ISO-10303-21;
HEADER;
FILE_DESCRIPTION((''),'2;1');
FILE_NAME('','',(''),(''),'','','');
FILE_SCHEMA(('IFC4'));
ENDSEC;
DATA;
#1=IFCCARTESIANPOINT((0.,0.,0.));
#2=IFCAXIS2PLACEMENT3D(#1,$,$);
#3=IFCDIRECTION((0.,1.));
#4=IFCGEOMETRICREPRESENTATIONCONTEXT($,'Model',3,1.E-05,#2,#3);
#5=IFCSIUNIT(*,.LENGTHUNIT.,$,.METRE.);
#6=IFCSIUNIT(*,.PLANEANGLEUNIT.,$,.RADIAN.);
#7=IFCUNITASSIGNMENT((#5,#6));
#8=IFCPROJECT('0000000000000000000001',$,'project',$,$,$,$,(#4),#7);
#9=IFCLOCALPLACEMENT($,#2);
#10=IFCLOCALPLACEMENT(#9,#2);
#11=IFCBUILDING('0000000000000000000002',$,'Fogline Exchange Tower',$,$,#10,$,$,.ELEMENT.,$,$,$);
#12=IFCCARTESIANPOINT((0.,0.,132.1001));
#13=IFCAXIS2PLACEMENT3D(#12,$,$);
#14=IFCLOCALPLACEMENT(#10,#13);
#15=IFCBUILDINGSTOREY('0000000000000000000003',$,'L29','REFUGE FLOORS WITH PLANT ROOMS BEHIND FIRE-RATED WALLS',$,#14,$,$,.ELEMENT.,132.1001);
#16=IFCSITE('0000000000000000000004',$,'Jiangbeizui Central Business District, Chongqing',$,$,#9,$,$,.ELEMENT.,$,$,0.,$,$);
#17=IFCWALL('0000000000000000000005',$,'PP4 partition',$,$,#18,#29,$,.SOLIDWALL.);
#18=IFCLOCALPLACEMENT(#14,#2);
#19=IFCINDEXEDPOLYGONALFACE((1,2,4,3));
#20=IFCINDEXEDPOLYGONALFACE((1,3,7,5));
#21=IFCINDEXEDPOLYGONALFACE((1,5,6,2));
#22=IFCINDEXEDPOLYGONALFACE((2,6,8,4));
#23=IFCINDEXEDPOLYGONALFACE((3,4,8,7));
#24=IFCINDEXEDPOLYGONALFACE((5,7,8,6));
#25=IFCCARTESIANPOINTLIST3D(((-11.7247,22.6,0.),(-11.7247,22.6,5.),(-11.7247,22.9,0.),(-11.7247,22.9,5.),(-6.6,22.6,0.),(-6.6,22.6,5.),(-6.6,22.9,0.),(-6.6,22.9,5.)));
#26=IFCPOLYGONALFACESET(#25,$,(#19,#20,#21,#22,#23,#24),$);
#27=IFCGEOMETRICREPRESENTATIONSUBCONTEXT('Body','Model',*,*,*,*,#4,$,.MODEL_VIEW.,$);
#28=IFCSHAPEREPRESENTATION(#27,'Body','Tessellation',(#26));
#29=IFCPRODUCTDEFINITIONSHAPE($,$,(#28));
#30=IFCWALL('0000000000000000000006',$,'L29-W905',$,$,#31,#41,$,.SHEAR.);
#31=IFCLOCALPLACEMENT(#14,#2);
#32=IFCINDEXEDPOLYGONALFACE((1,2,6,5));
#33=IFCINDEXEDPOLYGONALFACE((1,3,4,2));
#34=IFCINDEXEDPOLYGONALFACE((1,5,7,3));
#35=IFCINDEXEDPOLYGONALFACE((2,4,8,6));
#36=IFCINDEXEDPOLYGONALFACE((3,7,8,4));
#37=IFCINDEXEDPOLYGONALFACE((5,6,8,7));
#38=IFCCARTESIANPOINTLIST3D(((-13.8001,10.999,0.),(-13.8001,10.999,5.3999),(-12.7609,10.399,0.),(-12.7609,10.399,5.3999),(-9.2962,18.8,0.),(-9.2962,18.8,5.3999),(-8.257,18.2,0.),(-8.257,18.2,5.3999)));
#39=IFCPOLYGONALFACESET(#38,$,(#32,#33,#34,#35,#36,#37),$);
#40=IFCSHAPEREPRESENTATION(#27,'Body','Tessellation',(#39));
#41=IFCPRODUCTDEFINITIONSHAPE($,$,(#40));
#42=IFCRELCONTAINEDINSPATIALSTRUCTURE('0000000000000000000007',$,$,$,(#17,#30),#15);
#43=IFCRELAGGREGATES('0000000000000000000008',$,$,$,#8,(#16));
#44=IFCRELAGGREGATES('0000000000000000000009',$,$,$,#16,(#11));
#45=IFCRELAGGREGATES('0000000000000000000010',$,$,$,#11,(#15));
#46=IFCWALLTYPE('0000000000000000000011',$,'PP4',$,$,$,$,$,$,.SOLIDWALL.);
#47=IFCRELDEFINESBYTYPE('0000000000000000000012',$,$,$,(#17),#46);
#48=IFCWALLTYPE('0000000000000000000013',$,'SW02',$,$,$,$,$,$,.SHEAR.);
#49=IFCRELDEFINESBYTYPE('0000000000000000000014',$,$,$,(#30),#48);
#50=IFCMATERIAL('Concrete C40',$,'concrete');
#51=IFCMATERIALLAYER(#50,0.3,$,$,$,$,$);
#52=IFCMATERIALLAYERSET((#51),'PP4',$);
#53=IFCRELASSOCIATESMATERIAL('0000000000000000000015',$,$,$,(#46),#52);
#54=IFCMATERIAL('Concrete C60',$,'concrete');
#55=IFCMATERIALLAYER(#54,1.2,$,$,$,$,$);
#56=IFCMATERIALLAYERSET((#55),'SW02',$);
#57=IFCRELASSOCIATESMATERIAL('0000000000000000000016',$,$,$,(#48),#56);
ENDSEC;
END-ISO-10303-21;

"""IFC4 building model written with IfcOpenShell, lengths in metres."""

from ifc_helpers import new_model, si_unit, direction, frame, frame_2d, origin, place, context, subcontext, project, spatial, rectangle, extrude, material, layer, layer_set, type_object, element, save


model = new_model("IFC4")

# Units and contexts
model_context = context("Model", 3, precision=1e-05, world=origin(), true_north=direction((0.0, 1.0)))
body_context = subcontext(model_context, "Body", "Model", "MODEL_VIEW")
ifc_project = project(units=[si_unit("LENGTHUNIT", "METRE"), si_unit("PLANEANGLEUNIT", "RADIAN")], contexts=[model_context])

# Site, building, storey
site_placement = place(None, origin())
site = spatial("IfcSite", under=ifc_project, at=site_placement, Name="Jiangbeizui Central Business District, Chongqing", CompositionType="ELEMENT", RefElevation=0.0)
building_placement = place(site_placement, origin())
building = spatial("IfcBuilding", under=site, at=building_placement, Name="Fogline Exchange Tower", CompositionType="ELEMENT")
storey_placement = place(building_placement, frame((0.0, 0.0, 132.1001)))
storey = spatial("IfcBuildingStorey", under=building, at=storey_placement, Name="L29", Description="REFUGE FLOORS WITH PLANT ROOMS BEHIND FIRE-RATED WALLS", CompositionType="ELEMENT", Elevation=132.1001)

# Shared definitions
ifc_material_1 = material(Name="Concrete C40", Category="concrete")

# Walls
ifc_layer_1 = layer(ifc_material_1, 0.3)
ifc_layer_set_1 = layer_set([ifc_layer_1], Name="PP4")
wall_type_1 = type_object("IfcWallType", Name="PP4", PredefinedType="SOLIDWALL", material=ifc_layer_set_1)
wall_1_placement = place(storey_placement, frame((-11.7249, 22.75, 0.0), z_axis=(0.0, 0.0, 1.0), x_axis=(1.0, 0.0, 0.0)))
element("IfcWall", 1, at=wall_1_placement, inside=storey, type_object=wall_type_1, Name="PP4 partition", PredefinedType="SOLIDWALL", context=body_context, shape_type="SweptSolid", body=[
    extrude(rectangle(XDim=5.1248, YDim=0.3, at=frame_2d((2.5625, 0.0))), origin(), (0.0, 0.0, 1.0), 5.0),
])
ifc_material_2 = material(Name="Concrete C60", Category="concrete")
ifc_layer_2 = layer(ifc_material_2, 1.2)
ifc_layer_set_2 = layer_set([ifc_layer_2], Name="SW02")
wall_type_2 = type_object("IfcWallType", Name="SW02", PredefinedType="SHEAR", material=ifc_layer_set_2)
wall_2_placement = place(storey_placement, frame((-8.7766, 18.5, 0.0), z_axis=(0.0, 0.0, 1.0), x_axis=(-0.499999, -0.866026, 0.0)))
element("IfcWall", 2, at=wall_2_placement, inside=storey, type_object=wall_type_2, Name="L29-W905", PredefinedType="SHEAR", context=body_context, shape_type="SweptSolid", body=[
    extrude(rectangle(XDim=9.0078, YDim=1.2, at=frame_2d((4.5039, 0.0))), origin(), (0.0, 0.0, 1.0), 5.3999),
])

save(model, "model.ifc")
